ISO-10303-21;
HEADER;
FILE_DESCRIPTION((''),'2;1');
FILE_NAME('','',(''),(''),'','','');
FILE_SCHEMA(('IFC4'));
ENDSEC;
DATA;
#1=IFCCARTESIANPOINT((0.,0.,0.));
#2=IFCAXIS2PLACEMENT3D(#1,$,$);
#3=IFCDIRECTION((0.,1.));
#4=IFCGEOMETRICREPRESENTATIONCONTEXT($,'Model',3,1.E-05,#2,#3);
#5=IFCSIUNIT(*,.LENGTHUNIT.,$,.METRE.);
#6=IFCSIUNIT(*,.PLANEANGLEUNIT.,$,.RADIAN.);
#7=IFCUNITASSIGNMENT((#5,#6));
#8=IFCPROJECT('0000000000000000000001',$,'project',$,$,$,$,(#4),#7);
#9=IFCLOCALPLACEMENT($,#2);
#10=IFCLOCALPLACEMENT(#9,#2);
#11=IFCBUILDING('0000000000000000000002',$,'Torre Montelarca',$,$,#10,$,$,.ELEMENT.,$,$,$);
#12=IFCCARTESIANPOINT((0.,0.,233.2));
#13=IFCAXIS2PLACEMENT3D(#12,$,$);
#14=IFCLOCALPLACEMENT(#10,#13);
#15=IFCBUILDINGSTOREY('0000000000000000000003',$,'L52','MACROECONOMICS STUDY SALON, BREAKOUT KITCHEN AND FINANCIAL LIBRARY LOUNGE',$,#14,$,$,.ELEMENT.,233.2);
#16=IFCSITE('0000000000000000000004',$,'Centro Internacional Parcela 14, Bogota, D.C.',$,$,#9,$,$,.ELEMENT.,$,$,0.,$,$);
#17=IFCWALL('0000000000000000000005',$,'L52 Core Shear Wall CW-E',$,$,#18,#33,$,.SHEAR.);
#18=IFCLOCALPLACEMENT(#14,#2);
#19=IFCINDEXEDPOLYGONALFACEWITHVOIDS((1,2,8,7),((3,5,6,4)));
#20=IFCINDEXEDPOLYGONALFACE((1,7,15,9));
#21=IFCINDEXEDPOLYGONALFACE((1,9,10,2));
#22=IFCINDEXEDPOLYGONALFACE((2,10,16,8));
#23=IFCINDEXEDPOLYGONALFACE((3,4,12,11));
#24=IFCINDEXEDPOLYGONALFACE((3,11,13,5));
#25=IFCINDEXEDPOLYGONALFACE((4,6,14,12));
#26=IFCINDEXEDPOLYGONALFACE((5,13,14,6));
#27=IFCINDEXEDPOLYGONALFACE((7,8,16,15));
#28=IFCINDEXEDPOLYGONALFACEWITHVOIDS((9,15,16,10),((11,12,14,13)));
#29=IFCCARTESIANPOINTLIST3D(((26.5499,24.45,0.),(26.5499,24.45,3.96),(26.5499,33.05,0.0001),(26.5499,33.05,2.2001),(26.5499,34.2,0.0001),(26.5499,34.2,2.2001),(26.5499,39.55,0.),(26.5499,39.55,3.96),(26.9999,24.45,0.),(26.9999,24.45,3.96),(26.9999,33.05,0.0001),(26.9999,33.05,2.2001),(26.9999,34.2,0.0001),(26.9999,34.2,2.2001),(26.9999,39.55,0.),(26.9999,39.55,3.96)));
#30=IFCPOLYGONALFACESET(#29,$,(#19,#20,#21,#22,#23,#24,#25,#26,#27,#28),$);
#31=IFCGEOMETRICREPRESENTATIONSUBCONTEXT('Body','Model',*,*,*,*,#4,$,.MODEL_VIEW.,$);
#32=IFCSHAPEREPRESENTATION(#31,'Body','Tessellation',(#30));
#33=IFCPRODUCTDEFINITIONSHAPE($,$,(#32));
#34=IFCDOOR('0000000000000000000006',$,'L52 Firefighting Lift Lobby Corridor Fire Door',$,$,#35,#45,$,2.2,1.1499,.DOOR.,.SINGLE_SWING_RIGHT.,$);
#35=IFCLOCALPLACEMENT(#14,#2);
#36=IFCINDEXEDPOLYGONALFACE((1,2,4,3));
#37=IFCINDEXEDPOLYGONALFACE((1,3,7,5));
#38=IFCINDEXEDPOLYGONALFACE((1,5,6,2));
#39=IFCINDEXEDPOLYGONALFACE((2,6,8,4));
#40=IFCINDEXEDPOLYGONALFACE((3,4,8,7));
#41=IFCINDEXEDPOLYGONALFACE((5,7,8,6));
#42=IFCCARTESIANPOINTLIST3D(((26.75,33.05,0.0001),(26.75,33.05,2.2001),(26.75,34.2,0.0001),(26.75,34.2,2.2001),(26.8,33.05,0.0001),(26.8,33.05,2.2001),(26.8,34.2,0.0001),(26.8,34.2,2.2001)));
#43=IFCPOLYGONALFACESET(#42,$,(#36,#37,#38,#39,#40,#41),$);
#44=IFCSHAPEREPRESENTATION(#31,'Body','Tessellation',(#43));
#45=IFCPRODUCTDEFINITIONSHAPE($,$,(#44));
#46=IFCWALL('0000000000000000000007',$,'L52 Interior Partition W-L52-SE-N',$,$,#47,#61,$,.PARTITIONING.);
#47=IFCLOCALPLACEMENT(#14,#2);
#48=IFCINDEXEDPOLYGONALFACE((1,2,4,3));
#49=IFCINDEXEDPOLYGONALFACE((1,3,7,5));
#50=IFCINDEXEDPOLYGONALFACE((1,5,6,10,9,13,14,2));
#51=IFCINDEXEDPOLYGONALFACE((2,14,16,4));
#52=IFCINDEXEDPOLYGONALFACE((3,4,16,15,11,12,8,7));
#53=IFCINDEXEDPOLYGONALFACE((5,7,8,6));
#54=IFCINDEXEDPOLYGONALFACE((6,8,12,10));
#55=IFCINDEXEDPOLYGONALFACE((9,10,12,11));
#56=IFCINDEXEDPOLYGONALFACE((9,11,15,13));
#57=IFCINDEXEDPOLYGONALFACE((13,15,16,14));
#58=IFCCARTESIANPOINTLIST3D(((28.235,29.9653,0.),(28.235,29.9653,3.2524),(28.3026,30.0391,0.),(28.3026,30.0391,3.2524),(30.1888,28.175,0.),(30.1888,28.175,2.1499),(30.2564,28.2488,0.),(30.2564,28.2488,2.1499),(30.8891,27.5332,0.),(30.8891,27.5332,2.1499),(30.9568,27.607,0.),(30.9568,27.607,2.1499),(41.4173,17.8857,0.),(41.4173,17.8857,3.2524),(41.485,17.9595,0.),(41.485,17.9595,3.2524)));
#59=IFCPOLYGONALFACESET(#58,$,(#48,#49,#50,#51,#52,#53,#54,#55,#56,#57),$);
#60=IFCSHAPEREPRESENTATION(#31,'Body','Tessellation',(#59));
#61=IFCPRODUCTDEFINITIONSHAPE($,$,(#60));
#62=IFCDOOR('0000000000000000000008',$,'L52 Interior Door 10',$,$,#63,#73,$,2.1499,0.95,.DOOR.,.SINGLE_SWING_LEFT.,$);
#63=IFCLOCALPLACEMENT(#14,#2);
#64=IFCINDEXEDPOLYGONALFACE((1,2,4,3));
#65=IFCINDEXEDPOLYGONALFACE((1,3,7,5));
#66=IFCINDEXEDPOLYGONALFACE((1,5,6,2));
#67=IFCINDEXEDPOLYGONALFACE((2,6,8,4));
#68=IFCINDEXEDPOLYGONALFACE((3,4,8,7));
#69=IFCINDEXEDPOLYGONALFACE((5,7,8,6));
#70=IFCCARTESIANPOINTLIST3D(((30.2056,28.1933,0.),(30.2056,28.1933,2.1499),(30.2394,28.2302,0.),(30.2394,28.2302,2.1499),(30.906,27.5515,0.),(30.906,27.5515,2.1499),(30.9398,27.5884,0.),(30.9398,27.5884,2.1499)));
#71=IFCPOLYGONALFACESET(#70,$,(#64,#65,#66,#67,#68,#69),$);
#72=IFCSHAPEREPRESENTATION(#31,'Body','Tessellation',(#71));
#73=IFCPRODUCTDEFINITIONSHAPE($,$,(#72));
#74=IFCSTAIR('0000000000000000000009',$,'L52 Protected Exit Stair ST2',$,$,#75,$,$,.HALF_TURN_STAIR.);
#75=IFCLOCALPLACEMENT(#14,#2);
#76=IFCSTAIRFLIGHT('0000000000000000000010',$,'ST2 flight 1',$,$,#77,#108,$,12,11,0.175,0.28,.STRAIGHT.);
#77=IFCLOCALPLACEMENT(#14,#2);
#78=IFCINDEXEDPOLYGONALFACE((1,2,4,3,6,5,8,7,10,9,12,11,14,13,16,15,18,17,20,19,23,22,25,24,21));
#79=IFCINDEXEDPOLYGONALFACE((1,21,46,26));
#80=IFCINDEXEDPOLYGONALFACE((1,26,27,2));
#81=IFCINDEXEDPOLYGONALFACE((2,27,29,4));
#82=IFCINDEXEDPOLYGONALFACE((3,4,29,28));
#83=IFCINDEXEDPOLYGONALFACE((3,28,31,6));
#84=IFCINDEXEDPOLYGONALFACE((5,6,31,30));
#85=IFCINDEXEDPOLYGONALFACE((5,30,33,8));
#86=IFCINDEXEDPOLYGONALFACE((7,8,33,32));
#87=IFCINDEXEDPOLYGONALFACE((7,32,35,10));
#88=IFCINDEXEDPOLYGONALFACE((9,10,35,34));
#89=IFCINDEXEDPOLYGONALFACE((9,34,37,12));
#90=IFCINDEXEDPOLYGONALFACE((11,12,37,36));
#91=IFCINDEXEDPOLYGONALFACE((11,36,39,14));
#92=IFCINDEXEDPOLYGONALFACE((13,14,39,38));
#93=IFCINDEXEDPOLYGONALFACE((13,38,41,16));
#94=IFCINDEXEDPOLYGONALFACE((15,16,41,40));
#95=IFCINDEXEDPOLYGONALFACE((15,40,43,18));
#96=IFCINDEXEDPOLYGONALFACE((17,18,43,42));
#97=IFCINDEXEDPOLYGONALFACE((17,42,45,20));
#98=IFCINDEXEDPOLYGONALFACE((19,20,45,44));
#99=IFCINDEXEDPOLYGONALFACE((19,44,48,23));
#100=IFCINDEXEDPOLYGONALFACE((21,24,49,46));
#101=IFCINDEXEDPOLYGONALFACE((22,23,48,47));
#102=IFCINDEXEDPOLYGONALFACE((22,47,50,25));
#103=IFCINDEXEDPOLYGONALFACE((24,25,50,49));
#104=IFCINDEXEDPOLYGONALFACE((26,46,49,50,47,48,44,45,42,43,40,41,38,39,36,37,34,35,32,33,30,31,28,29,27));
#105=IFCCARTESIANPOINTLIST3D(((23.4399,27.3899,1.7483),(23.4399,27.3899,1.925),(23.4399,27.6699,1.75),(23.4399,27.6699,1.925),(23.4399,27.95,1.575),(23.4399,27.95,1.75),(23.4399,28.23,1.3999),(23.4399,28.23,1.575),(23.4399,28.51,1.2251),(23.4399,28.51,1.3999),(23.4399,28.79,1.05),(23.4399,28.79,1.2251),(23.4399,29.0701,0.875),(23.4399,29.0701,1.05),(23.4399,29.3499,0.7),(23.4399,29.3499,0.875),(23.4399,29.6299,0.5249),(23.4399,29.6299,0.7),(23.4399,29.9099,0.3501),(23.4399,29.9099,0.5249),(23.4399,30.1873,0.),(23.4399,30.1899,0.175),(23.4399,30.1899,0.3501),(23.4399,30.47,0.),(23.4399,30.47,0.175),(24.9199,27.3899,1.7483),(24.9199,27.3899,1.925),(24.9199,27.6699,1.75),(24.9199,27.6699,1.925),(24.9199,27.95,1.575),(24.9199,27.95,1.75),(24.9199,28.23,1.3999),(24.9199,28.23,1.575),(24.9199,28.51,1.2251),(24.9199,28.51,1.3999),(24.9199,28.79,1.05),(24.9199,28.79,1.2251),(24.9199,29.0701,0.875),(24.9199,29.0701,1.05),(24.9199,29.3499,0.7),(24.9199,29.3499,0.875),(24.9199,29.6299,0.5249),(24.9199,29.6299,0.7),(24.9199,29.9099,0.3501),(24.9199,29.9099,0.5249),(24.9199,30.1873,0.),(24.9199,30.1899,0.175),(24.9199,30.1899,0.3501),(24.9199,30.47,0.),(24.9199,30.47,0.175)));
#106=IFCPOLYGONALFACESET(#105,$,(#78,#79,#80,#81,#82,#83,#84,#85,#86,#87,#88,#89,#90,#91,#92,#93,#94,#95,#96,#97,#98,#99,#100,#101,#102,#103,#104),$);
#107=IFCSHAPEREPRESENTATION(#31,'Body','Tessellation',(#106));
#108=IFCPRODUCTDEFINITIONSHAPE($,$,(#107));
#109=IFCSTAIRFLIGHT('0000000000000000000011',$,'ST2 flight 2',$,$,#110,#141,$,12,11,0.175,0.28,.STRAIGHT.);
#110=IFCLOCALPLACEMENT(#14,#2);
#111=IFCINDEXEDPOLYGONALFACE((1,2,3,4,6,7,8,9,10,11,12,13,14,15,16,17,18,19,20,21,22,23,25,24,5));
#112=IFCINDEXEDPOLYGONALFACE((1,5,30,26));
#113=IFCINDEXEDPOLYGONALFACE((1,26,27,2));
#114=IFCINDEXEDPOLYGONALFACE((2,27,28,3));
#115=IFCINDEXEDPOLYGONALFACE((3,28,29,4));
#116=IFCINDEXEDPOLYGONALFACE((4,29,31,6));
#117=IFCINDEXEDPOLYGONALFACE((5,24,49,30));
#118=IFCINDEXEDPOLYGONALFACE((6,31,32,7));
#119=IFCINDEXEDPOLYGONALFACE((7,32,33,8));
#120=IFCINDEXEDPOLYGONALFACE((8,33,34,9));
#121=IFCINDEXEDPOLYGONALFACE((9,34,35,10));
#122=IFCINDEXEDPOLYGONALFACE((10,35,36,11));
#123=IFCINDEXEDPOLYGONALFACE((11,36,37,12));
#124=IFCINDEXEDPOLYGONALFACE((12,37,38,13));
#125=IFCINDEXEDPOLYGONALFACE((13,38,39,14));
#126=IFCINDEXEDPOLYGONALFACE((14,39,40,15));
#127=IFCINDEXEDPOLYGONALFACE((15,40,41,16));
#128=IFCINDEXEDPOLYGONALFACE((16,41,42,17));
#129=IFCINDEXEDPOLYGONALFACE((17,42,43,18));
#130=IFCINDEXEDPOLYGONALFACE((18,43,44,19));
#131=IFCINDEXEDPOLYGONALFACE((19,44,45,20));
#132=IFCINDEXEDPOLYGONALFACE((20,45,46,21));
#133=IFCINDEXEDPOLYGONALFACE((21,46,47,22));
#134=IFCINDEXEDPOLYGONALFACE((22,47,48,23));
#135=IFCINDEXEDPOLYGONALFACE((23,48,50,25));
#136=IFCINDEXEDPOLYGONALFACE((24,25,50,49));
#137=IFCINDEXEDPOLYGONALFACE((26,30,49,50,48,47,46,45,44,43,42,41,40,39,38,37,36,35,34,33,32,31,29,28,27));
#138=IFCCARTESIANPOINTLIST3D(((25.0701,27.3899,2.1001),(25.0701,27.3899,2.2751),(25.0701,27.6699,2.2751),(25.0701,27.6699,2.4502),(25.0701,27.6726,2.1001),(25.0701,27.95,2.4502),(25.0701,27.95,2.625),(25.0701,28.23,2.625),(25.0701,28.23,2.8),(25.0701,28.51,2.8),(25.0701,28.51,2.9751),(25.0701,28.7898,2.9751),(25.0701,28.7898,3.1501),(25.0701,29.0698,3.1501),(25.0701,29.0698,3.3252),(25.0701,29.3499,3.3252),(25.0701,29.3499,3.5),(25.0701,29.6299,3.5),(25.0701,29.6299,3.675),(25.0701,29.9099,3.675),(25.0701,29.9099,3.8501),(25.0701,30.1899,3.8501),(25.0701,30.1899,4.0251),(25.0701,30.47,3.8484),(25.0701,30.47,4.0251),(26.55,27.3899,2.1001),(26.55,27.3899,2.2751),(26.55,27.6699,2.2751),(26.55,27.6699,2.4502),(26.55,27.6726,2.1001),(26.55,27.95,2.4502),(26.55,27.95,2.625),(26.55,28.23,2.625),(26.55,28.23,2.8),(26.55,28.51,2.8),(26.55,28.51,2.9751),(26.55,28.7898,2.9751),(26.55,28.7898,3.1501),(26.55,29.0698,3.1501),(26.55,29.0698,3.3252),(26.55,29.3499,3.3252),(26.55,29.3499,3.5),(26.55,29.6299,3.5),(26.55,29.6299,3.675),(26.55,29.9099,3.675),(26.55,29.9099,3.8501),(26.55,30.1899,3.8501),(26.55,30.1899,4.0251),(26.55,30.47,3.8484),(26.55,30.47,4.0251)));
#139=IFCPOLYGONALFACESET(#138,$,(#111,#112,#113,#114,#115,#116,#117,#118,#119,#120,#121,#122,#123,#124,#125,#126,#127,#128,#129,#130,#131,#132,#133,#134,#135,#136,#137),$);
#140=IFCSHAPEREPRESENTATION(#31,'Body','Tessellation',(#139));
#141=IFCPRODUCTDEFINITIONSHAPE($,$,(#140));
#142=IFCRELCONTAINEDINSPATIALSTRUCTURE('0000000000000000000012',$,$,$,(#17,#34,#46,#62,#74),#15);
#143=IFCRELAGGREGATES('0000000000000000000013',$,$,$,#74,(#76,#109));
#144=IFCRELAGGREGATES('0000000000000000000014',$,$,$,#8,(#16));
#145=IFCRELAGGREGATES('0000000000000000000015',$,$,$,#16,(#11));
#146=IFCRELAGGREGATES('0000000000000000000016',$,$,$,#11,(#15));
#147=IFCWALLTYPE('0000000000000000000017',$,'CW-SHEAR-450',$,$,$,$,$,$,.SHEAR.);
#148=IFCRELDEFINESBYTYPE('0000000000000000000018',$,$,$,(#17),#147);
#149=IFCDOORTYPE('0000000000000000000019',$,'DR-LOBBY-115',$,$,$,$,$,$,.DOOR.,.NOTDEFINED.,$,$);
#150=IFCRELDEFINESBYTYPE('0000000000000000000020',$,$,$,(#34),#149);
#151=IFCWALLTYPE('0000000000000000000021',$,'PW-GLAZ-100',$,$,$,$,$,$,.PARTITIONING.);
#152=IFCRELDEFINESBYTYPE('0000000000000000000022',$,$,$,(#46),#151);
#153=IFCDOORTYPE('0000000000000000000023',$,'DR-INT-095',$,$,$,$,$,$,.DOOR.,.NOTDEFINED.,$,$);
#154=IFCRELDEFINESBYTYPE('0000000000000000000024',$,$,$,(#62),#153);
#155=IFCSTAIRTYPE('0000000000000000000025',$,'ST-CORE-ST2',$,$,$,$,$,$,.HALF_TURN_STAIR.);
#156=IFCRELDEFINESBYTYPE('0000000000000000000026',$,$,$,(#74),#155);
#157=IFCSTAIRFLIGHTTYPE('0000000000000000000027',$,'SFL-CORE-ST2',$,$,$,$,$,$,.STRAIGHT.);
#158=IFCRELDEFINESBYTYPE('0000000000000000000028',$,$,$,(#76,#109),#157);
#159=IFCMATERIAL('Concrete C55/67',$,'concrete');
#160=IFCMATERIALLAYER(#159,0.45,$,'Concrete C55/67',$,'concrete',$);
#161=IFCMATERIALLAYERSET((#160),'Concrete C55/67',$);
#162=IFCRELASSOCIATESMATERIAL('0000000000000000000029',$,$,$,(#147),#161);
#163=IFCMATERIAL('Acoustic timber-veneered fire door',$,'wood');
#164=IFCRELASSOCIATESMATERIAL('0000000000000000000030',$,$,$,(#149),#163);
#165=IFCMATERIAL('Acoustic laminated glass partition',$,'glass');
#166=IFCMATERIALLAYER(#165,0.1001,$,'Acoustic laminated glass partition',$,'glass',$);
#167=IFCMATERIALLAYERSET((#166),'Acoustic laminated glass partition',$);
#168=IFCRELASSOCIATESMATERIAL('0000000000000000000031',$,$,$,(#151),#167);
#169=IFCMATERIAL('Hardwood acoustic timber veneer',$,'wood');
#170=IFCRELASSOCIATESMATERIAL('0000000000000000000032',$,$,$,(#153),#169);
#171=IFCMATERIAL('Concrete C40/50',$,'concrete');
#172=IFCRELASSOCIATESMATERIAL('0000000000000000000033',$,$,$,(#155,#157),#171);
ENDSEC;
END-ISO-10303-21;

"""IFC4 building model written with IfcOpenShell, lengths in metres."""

from ifc_helpers import new_model, si_unit, direction, frame, frame_2d, origin, place, context, subcontext, project, spatial, polyline, rectangle, outline, extrude, source, transform, mapped, material, layer, layer_set, type_object, element, fill, aggregate, save


model = new_model("IFC4")

# Units and contexts
model_context = context("Model", 3, precision=1e-05, world=origin(), true_north=direction((0.0, 1.0)))
body_context = subcontext(model_context, "Body", "Model", "MODEL_VIEW")
ifc_project = project(units=[si_unit("LENGTHUNIT", "METRE"), si_unit("PLANEANGLEUNIT", "RADIAN")], contexts=[model_context])

# Site, building, storey
site_placement = place(None, origin())
site = spatial("IfcSite", under=ifc_project, at=site_placement, Name="Centro Internacional Parcela 14, Bogota, D.C.", CompositionType="ELEMENT", RefElevation=0.0)
building_placement = place(site_placement, origin())
building = spatial("IfcBuilding", under=site, at=building_placement, Name="Torre Montelarca", CompositionType="ELEMENT")
storey_placement = place(building_placement, frame((0.0, 0.0, 233.2)))
storey = spatial("IfcBuildingStorey", under=building, at=storey_placement, Name="L52", Description="MACROECONOMICS STUDY SALON, BREAKOUT KITCHEN AND FINANCIAL LIBRARY LOUNGE", CompositionType="ELEMENT", Elevation=233.2)

# Shared definitions
ifc_material_1 = material(Name="Concrete C55/67", Category="concrete")

# Shared definitions
ifc_material_2 = material(Name="Concrete C40/50", Category="concrete")

# Walls, openings, doors
ifc_layer_1 = layer(ifc_material_1, 0.45, Name="Concrete C55/67", Category="concrete")
ifc_layer_set_1 = layer_set([ifc_layer_1], Name="Concrete C55/67")
wall_type_1 = type_object("IfcWallType", Name="CW-SHEAR-450", PredefinedType="SHEAR", material=ifc_layer_set_1)
wall_1_placement = place(storey_placement, frame((26.7749, 24.45, 0.0), z_axis=(0.0, 0.0, 1.0), x_axis=(0.0, 1.0, 0.0)))
wall_1 = element("IfcWall", 1, at=wall_1_placement, inside=storey, type_object=wall_type_1, Name="L52 Core Shear Wall CW-E", PredefinedType="SHEAR", context=body_context, shape_type="SweptSolid", body=[
    extrude(rectangle(XDim=15.1001, YDim=0.45, at=frame_2d((7.55, 0.0))), origin(), (0.0, 0.0, 1.0), 3.96),
])
opening_1_placement = place(wall_1_placement, frame((8.6001, 0.0, 0.0)))
opening_1 = element("IfcOpeningElement", 2, at=opening_1_placement, cuts=wall_1, PredefinedType="OPENING", context=body_context, shape_type="SweptSolid", body=[
    extrude(rectangle(XDim=1.1499, YDim=2.2, at=frame_2d((0.575, 1.1001))), frame((0.0, 0.2349, 0.0), z_axis=(0.0, -1.0, 0.0), x_axis=(1.0, 0.0, 0.0)), (0.0, 0.0, 1.0), 0.47),
])
ifc_material_3 = material(Name="Acoustic timber-veneered fire door", Category="wood")
door_type_1 = type_object("IfcDoorType", Name="DR-LOBBY-115", OperationType="NOTDEFINED", PredefinedType="DOOR", material=ifc_material_3)
shared_shape_1 = source(origin(), body_context, "Body", "SweptSolid", [
    extrude(rectangle(XDim=1.1499, YDim=2.2, at=frame_2d((0.575, 1.1001))), frame((0.0, 0.0249, 0.0), z_axis=(0.0, -1.0, 0.0), x_axis=(1.0, 0.0, 0.0)), (0.0, 0.0, 1.0), 0.05),
])
door_1_placement = place(opening_1_placement, origin())
door_1 = element("IfcDoor", 3, at=door_1_placement, inside=storey, type_object=door_type_1, Name="L52 Firefighting Lift Lobby Corridor Fire Door", OperationType="SINGLE_SWING_RIGHT", OverallHeight=2.2, OverallWidth=1.1499, PredefinedType="DOOR", context=body_context, shape_type="MappedRepresentation", body=[
    mapped(shared_shape_1, transform((0.0, 0.0, 0.0), scale=1.0)),
])
fill(opening_1, door_1)
ifc_material_4 = material(Name="Acoustic laminated glass partition", Category="glass")
ifc_layer_2 = layer(ifc_material_4, 0.1001, Name="Acoustic laminated glass partition", Category="glass")
ifc_layer_set_2 = layer_set([ifc_layer_2], Name="Acoustic laminated glass partition")
wall_type_2 = type_object("IfcWallType", Name="PW-GLAZ-100", PredefinedType="PARTITIONING", material=ifc_layer_set_2)
wall_2_placement = place(storey_placement, frame((28.2688, 30.0022, 0.0), z_axis=(0.0, 0.0, 1.0), x_axis=(0.737273, -0.675595, 0.0)))
wall_2 = element("IfcWall", 4, at=wall_2_placement, inside=storey, type_object=wall_type_2, Name="L52 Interior Partition W-L52-SE-N", PredefinedType="PARTITIONING", context=body_context, shape_type="SweptSolid", body=[
    extrude(rectangle(XDim=17.8799, YDim=0.1001, at=frame_2d((8.9399, 0.0))), origin(), (0.0, 0.0, 1.0), 3.2524),
])
opening_2_placement = place(wall_2_placement, frame((2.6499, 0.0, 0.0)))
opening_2 = element("IfcOpeningElement", 5, at=opening_2_placement, cuts=wall_2, PredefinedType="OPENING", context=body_context, shape_type="SweptSolid", body=[
    extrude(rectangle(XDim=0.95, YDim=2.1499, at=frame_2d((0.4751, 1.075))), frame((0.0, 0.0601, 0.0), z_axis=(0.0, -1.0, 0.0), x_axis=(1.0, 0.0, 0.0)), (0.0, 0.0, 1.0), 0.1201),
])
ifc_material_5 = material(Name="Hardwood acoustic timber veneer", Category="wood")
door_type_2 = type_object("IfcDoorType", Name="DR-INT-095", OperationType="NOTDEFINED", PredefinedType="DOOR", material=ifc_material_5)
shared_shape_2 = source(origin(), body_context, "Body", "SweptSolid", [
    extrude(rectangle(XDim=0.95, YDim=2.1499, at=frame_2d((0.4751, 1.075))), frame((0.0, 0.0249, 0.0), z_axis=(0.0, -1.0, 0.0), x_axis=(1.0, 0.0, 0.0)), (0.0, 0.0, 1.0), 0.05),
])
door_2_placement = place(opening_2_placement, origin())
door_2 = element("IfcDoor", 6, at=door_2_placement, inside=storey, type_object=door_type_2, Name="L52 Interior Door 10", OperationType="SINGLE_SWING_LEFT", OverallHeight=2.1499, OverallWidth=0.95, PredefinedType="DOOR", context=body_context, shape_type="MappedRepresentation", body=[
    mapped(shared_shape_2, transform((0.0, 0.0, 0.0), scale=1.0)),
])
fill(opening_2, door_2)

# Stair, stair flights
stair_type = type_object("IfcStairType", Name="ST-CORE-ST2", PredefinedType="HALF_TURN_STAIR", material=ifc_material_2)
stair_placement = place(storey_placement, origin())
stair = element("IfcStair", 7, at=stair_placement, inside=storey, type_object=stair_type, Name="L52 Protected Exit Stair ST2", PredefinedType="HALF_TURN_STAIR")
stair_flight_type = type_object("IfcStairFlightType", Name="SFL-CORE-ST2", PredefinedType="STRAIGHT", material=ifc_material_2)
stair_flight_1_placement = place(storey_placement, frame((24.1799, 30.47, 0.0), z_axis=(0.0, 0.0, 1.0), x_axis=(0.0, -1.0, 0.0)))
stair_flight_1 = element("IfcStairFlight", 8, at=stair_flight_1_placement, type_object=stair_flight_type, Name="ST2 flight 1", NumberOfRisers=12, NumberOfTreads=11, PredefinedType="STRAIGHT", RiserHeight=0.175, TreadLength=0.28, context=body_context, shape_type="SweptSolid", body=[
    extrude(outline(polyline([(0.0, 0.0), (0.0, 0.175), (0.28, 0.175), (0.28, 0.3501), (0.5601, 0.3501), (0.5601, 0.5249), (0.8401, 0.5249), (0.8401, 0.7), (1.1201, 0.7), (1.1201, 0.875), (1.3999, 0.875), (1.3999, 1.05), (1.6799, 1.05), (1.6799, 1.2251), (1.96, 1.2251), (1.96, 1.3999), (2.24, 1.3999), (2.24, 1.575), (2.52, 1.575), (2.52, 1.75), (2.8, 1.75), (2.8, 1.925), (3.0801, 1.925), (3.0801, 2.1001), (3.0801, 1.7483), (0.2827, 0.0), (0.0, 0.0)])), frame((0.0, 0.74, 0.0), z_axis=(0.0, -1.0, 0.0), x_axis=(1.0, 0.0, 0.0)), (0.0, 0.0, 1.0), 1.48),
])
stair_flight_2_placement = place(storey_placement, frame((25.8101, 27.3899, 2.1001), z_axis=(0.0, 0.0, 1.0), x_axis=(0.0, 1.0, 0.0)))
stair_flight_2 = element("IfcStairFlight", 9, at=stair_flight_2_placement, type_object=stair_flight_type, Name="ST2 flight 2", NumberOfRisers=12, NumberOfTreads=11, PredefinedType="STRAIGHT", RiserHeight=0.175, TreadLength=0.28, context=body_context, shape_type="SweptSolid", body=[
    extrude(outline(polyline([(0.0, 0.0), (0.0, 0.175), (0.28, 0.175), (0.28, 0.3501), (0.5601, 0.3501), (0.5601, 0.5249), (0.8401, 0.5249), (0.8401, 0.7), (1.1201, 0.7), (1.1201, 0.875), (1.3999, 0.875), (1.3999, 1.05), (1.6799, 1.05), (1.6799, 1.2251), (1.96, 1.2251), (1.96, 1.3999), (2.24, 1.3999), (2.24, 1.575), (2.52, 1.575), (2.52, 1.75), (2.8, 1.75), (2.8, 1.925), (3.0801, 1.925), (3.0801, 2.1001), (3.0801, 1.7483), (0.2827, 0.0), (0.0, 0.0)])), frame((0.0, 0.74, 0.0), z_axis=(0.0, -1.0, 0.0), x_axis=(1.0, 0.0, 0.0)), (0.0, 0.0, 1.0), 1.48),
])
aggregate(stair, [stair_flight_1, stair_flight_2])

save(model, "model.ifc")
